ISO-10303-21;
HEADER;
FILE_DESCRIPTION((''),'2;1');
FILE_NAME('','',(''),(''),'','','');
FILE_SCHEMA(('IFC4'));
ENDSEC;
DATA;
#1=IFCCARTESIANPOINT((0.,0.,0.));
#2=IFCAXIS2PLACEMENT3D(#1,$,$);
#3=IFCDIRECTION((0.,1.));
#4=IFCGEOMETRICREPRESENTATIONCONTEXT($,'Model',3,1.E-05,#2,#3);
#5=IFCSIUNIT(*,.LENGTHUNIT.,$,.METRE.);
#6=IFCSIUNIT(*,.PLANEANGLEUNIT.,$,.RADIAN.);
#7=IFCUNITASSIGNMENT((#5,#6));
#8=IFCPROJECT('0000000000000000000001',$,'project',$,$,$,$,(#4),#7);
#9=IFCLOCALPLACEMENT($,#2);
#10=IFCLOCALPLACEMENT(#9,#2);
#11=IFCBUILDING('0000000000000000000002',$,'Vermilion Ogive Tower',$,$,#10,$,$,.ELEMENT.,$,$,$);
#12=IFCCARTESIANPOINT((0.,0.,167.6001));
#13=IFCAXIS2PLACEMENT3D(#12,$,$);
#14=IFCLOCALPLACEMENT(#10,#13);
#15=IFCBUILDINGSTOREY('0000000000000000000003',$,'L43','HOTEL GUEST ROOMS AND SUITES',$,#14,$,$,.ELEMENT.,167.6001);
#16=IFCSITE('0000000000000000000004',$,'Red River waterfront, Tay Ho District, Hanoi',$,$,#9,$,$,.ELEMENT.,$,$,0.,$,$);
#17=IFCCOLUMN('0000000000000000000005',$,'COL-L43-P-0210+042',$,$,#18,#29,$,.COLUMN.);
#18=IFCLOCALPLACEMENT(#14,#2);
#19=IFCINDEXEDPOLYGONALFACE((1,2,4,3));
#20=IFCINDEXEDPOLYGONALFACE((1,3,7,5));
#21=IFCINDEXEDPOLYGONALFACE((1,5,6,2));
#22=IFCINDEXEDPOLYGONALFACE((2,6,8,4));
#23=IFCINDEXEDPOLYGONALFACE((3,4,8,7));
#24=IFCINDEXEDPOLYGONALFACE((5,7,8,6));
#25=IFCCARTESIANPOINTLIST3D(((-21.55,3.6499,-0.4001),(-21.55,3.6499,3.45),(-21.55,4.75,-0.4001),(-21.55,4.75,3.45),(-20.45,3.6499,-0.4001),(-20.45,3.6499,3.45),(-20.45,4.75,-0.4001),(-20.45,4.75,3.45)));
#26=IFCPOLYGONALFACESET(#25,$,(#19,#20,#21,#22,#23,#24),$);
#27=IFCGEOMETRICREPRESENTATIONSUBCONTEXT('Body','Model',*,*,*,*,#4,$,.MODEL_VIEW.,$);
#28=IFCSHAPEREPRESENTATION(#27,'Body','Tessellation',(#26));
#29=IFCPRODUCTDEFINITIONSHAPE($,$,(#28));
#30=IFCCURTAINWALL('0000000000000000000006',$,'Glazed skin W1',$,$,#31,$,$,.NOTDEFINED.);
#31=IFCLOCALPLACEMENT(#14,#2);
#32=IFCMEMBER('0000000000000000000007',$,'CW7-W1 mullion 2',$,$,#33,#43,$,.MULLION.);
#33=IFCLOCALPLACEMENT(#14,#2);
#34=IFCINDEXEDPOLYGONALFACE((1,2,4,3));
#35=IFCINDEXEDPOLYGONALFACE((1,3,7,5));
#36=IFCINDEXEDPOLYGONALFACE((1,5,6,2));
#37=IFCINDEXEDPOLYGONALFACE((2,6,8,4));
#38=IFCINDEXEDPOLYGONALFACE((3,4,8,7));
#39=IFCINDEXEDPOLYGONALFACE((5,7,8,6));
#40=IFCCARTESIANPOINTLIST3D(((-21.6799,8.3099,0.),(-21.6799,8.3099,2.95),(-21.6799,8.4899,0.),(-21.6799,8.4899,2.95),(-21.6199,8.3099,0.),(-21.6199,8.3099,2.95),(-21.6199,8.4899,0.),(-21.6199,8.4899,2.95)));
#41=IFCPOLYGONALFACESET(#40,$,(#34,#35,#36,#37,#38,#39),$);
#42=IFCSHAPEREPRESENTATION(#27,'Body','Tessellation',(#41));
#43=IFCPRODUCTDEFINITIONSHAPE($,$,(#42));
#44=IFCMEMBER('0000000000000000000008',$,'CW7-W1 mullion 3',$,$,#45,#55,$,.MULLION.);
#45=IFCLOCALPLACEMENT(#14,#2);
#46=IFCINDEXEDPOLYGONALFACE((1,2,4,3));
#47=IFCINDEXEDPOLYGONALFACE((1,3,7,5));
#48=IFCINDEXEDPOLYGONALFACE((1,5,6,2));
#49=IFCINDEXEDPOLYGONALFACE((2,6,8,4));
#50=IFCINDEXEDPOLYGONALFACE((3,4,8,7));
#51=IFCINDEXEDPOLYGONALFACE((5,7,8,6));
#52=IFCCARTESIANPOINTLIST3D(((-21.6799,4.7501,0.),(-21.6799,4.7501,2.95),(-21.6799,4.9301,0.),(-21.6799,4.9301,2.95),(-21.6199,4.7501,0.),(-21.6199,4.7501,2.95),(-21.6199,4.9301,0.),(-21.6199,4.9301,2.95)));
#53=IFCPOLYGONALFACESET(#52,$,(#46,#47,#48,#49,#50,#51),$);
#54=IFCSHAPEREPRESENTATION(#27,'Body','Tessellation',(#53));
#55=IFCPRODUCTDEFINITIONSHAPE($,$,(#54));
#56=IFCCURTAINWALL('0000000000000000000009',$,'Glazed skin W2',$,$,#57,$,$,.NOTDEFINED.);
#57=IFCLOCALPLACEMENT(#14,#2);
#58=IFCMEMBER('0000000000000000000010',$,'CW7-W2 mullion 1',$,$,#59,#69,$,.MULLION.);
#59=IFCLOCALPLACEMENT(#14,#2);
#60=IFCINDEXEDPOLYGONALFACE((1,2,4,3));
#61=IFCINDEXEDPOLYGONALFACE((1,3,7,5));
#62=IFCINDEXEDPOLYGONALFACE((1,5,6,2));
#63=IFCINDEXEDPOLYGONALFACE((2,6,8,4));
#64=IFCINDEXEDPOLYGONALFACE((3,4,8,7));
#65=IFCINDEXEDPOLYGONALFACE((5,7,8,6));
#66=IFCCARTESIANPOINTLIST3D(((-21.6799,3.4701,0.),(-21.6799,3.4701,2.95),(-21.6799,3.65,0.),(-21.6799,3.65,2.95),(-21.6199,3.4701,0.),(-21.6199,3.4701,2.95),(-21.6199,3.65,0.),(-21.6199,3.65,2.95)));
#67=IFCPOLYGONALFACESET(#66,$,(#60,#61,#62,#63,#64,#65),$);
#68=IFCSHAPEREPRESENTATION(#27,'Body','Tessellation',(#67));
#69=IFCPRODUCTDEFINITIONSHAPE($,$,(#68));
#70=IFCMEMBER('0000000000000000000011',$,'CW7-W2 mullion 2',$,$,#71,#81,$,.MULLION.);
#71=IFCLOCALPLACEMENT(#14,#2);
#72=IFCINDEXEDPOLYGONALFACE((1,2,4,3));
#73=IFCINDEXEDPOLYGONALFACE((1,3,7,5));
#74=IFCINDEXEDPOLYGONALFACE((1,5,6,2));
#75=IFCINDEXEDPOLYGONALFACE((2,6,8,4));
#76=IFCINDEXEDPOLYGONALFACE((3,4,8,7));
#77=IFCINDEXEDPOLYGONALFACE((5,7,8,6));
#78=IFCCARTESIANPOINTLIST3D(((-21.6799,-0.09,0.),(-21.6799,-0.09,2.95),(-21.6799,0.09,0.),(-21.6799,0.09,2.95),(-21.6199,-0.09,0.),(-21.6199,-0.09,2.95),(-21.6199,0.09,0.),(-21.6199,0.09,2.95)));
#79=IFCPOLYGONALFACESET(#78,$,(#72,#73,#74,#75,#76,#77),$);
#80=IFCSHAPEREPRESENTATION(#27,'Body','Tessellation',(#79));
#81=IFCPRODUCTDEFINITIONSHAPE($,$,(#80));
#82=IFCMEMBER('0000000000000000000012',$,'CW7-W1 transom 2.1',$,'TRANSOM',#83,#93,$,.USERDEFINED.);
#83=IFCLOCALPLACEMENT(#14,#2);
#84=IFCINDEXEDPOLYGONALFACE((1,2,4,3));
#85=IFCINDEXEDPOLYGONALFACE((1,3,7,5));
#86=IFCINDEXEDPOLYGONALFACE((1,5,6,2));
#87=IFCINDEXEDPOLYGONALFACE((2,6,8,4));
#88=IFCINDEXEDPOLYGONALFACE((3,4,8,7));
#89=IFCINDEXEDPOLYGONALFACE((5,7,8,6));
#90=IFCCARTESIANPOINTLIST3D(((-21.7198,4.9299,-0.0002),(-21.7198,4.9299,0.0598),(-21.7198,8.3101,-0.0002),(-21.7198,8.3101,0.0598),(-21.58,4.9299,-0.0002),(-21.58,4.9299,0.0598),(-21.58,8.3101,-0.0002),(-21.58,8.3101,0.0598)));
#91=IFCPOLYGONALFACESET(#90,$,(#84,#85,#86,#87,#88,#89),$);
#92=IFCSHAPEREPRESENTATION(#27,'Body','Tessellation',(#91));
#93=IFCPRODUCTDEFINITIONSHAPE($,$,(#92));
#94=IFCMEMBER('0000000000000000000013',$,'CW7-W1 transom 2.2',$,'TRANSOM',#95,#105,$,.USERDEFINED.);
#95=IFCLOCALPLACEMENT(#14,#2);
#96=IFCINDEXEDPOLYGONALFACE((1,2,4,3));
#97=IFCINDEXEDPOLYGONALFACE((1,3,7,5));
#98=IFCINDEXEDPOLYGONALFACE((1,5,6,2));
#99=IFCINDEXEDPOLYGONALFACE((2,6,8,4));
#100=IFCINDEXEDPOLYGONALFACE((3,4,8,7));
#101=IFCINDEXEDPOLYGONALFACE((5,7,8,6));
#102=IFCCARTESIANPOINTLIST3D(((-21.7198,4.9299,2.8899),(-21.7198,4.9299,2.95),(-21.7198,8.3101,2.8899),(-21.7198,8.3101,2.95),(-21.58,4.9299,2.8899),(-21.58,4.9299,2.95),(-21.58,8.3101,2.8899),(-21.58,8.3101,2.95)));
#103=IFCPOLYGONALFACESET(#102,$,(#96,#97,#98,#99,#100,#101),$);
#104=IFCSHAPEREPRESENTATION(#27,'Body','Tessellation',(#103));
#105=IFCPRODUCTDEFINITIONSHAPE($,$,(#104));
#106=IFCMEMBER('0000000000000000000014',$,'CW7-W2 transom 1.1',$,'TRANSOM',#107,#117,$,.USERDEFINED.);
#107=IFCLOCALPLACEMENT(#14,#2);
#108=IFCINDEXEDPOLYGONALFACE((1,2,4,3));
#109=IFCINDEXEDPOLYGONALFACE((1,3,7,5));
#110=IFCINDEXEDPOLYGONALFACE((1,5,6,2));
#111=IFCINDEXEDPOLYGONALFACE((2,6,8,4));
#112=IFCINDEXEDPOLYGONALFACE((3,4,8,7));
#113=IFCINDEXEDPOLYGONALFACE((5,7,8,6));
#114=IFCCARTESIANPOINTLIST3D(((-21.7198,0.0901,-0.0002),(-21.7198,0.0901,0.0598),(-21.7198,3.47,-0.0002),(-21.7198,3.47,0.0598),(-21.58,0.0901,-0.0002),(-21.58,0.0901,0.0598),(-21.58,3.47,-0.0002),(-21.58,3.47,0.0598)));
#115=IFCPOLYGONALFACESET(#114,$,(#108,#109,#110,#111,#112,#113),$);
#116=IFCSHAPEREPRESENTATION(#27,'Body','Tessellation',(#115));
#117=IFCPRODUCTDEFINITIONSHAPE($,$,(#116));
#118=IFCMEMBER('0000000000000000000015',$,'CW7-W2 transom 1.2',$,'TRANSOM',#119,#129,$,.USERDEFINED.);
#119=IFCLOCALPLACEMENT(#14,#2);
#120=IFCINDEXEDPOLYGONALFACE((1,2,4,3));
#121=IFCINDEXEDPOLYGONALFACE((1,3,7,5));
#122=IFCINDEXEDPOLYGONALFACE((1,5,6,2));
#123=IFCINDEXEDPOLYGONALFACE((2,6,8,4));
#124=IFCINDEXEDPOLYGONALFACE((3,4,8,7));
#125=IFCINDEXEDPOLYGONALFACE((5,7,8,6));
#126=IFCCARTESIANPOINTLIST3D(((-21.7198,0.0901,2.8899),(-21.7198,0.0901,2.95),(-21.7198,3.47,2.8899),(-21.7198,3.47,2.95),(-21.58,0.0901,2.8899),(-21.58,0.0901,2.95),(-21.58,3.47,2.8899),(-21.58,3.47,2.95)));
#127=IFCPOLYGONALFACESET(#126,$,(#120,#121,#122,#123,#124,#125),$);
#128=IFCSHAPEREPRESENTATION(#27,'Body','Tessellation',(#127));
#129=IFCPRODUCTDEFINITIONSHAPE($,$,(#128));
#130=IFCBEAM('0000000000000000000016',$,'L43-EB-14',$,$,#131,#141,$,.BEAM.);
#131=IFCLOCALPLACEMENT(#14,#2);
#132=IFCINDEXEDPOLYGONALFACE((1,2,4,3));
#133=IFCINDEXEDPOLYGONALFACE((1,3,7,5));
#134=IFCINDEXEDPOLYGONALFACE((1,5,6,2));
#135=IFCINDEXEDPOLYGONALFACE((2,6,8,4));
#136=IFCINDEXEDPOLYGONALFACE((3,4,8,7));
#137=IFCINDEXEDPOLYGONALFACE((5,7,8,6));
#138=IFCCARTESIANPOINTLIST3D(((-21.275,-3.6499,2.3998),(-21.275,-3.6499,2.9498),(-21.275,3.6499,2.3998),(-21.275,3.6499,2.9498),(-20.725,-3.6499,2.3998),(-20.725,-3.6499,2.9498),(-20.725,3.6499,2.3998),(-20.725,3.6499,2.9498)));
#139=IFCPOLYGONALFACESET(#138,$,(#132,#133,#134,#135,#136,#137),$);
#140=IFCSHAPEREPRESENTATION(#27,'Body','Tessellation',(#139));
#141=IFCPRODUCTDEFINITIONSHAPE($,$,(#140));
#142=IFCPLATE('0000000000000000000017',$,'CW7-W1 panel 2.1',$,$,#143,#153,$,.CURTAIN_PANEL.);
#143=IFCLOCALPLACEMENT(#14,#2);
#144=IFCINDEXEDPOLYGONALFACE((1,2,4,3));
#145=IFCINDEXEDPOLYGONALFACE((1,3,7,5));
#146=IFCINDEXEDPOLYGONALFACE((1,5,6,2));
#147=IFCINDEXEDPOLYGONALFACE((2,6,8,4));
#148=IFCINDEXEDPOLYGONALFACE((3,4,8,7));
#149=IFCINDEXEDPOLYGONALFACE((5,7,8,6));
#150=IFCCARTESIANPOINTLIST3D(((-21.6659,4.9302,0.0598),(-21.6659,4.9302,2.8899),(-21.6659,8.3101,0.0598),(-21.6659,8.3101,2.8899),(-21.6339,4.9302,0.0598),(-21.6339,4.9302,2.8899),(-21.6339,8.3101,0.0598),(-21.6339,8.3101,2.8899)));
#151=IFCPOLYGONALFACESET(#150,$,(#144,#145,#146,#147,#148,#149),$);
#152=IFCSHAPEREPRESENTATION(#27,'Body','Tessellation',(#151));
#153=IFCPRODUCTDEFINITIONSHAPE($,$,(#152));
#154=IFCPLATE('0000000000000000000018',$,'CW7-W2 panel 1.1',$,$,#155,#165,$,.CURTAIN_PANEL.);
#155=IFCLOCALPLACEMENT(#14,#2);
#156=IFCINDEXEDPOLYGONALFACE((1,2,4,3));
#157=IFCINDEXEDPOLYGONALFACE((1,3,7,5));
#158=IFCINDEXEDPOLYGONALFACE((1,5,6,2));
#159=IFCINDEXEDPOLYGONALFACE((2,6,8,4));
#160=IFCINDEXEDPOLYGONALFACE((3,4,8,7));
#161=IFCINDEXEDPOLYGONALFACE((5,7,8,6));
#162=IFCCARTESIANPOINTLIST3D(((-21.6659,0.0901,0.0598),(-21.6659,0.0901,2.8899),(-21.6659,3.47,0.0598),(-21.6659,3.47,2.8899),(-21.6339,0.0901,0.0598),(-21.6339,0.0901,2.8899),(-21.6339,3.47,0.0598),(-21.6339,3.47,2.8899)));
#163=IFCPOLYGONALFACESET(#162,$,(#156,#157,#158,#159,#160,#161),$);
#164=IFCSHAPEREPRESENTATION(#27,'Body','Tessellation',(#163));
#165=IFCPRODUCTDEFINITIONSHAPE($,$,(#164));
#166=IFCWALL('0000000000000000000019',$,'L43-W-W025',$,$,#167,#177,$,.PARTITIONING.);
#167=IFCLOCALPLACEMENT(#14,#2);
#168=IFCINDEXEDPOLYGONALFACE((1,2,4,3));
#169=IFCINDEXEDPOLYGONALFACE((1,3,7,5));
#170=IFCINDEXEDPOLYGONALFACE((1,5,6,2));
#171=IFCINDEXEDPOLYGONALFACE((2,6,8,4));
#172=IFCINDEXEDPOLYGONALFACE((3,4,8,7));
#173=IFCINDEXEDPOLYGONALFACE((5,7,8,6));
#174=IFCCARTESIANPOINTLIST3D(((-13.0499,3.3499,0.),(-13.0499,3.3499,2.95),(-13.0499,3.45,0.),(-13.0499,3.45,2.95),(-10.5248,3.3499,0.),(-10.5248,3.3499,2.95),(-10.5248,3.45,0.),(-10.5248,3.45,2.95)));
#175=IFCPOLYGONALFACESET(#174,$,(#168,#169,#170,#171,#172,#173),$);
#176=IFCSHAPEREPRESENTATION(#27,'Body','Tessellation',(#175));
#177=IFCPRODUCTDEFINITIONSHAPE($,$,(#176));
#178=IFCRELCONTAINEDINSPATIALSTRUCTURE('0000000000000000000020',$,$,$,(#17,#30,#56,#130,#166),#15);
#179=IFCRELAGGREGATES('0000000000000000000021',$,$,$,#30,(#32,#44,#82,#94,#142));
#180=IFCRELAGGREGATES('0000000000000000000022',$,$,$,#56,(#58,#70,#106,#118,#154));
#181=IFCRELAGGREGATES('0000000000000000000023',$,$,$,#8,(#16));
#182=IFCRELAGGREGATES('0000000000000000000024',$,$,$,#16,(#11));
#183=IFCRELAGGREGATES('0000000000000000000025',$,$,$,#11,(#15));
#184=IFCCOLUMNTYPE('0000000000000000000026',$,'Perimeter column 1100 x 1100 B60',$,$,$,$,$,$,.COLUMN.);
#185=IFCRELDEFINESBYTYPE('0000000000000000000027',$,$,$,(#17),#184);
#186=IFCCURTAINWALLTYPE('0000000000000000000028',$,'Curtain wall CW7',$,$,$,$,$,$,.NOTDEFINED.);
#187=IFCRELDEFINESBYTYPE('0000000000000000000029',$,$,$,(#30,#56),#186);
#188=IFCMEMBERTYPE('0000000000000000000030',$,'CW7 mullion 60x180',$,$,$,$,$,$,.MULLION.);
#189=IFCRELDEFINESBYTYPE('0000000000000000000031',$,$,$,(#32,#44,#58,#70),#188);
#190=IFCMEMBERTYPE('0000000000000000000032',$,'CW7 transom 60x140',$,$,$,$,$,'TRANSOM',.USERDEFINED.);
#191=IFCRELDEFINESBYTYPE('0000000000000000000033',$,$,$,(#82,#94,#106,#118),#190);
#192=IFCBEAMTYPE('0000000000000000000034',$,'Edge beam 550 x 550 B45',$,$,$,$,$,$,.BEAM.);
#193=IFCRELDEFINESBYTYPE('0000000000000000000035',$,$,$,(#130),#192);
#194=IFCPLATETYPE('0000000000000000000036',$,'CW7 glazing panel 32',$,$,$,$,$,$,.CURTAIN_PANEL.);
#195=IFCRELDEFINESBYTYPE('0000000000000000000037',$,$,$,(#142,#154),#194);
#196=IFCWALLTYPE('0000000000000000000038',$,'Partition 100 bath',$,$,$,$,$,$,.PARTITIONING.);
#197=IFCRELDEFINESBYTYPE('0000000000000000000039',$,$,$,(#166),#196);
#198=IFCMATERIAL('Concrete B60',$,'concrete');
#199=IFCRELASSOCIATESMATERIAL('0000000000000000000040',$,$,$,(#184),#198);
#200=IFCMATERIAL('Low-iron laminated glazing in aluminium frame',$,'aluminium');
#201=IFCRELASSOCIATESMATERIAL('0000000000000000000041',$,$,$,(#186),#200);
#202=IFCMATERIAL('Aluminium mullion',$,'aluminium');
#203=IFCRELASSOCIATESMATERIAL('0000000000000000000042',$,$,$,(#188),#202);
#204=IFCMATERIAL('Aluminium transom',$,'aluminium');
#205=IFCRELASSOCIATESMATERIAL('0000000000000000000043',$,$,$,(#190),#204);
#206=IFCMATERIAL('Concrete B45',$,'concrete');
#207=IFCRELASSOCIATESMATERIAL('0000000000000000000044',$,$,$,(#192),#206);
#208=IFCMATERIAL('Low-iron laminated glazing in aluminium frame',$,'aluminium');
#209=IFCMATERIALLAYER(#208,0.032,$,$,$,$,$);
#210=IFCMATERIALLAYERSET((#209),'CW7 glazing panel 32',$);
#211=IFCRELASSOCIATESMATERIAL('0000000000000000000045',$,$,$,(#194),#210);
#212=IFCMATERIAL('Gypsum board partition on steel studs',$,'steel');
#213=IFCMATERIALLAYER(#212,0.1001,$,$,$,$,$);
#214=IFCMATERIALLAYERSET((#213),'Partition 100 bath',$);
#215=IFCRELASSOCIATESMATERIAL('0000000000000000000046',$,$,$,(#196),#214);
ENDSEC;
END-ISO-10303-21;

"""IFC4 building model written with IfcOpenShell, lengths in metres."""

from ifc_helpers import new_model, si_unit, direction, frame, frame_2d, origin, origin_2d, place, context, subcontext, project, spatial, rectangle, extrude, material, layer, layer_set, material_profile, profile_set, type_object, element, aggregate, save


model = new_model("IFC4")

# Units and contexts
model_context = context("Model", 3, precision=1e-05, world=origin(), true_north=direction((0.0, 1.0)))
body_context = subcontext(model_context, "Body", "Model", "MODEL_VIEW")
ifc_project = project(units=[si_unit("LENGTHUNIT", "METRE"), si_unit("PLANEANGLEUNIT", "RADIAN")], contexts=[model_context])

# Site, building, storey
site_placement = place(None, origin())
site = spatial("IfcSite", under=ifc_project, at=site_placement, Name="Red River waterfront, Tay Ho District, Hanoi", CompositionType="ELEMENT", RefElevation=0.0)
building_placement = place(site_placement, origin())
building = spatial("IfcBuilding", under=site, at=building_placement, Name="Vermilion Ogive Tower", CompositionType="ELEMENT")
storey_placement = place(building_placement, frame((0.0, 0.0, 167.6001)))
storey = spatial("IfcBuildingStorey", under=building, at=storey_placement, Name="L43", Description="HOTEL GUEST ROOMS AND SUITES", CompositionType="ELEMENT", Elevation=167.6001)

# Column
ifc_material_1 = material(Name="Concrete B60", Category="concrete")
ifc_material_profile_1 = material_profile(ifc_material_1, rectangle(XDim=1.1001, YDim=1.1001, at=origin_2d()), Name="1100 x 1100")
ifc_profile_set_1 = profile_set([ifc_material_profile_1], Name="Concrete B60")
column_type = type_object("IfcColumnType", Name="Perimeter column 1100 x 1100 B60", PredefinedType="COLUMN", material=ifc_profile_set_1)
column_placement = place(storey_placement, frame((-21.0, 4.2, -0.4001), z_axis=(0.0, 0.0, 1.0), x_axis=(1.0, 0.0, 0.0)))
element("IfcColumn", 1, at=column_placement, inside=storey, type_object=column_type, Name="COL-L43-P-0210+042", PredefinedType="COLUMN", context=body_context, shape_type="SweptSolid", body=[
    extrude(rectangle(XDim=1.1001, YDim=1.1001, at=origin_2d()), origin(), (0.0, 0.0, 1.0), 3.8501),
])

# Curtain walls, members
ifc_material_2 = material(Name="Low-iron laminated glazing in aluminium frame", Category="aluminium")
curtain_wall_type = type_object("IfcCurtainWallType", Name="Curtain wall CW7", PredefinedType="NOTDEFINED", material=ifc_material_2)
curtain_wall_1_placement = place(storey_placement, origin())
curtain_wall_1 = element("IfcCurtainWall", 2, at=curtain_wall_1_placement, inside=storey, type_object=curtain_wall_type, Name="Glazed skin W1", PredefinedType="NOTDEFINED")
ifc_material_3 = material(Name="Aluminium mullion", Category="aluminium")
ifc_material_profile_2 = material_profile(ifc_material_3, rectangle(XDim=0.0601, YDim=0.1799, at=origin_2d()), Name="AL 60x180")
ifc_profile_set_2 = profile_set([ifc_material_profile_2], Name="Aluminium mullion")
member_type_1 = type_object("IfcMemberType", Name="CW7 mullion 60x180", PredefinedType="MULLION", material=ifc_profile_set_2)
member_1_placement = place(storey_placement, frame((-21.6499, 8.3999, 0.0), z_axis=(0.0, 0.0, 1.0), x_axis=(1.0, 0.0, 0.0)))
member_1 = element("IfcMember", 3, at=member_1_placement, type_object=member_type_1, Name="CW7-W1 mullion 2", PredefinedType="MULLION", context=body_context, shape_type="SweptSolid", body=[
    extrude(rectangle(XDim=0.0601, YDim=0.1799, at=origin_2d()), origin(), (0.0, 0.0, 1.0), 2.95),
])
member_2_placement = place(storey_placement, frame((-21.6499, 4.8401, 0.0), z_axis=(0.0, 0.0, 1.0), x_axis=(1.0, 0.0, 0.0)))
member_2 = element("IfcMember", 4, at=member_2_placement, type_object=member_type_1, Name="CW7-W1 mullion 3", PredefinedType="MULLION", context=body_context, shape_type="SweptSolid", body=[
    extrude(rectangle(XDim=0.0601, YDim=0.1799, at=origin_2d()), origin(), (0.0, 0.0, 1.0), 2.95),
])
curtain_wall_2_placement = place(storey_placement, origin())
curtain_wall_2 = element("IfcCurtainWall", 5, at=curtain_wall_2_placement, inside=storey, type_object=curtain_wall_type, Name="Glazed skin W2", PredefinedType="NOTDEFINED")
member_3_placement = place(storey_placement, frame((-21.6499, 3.5601, 0.0), z_axis=(0.0, 0.0, 1.0), x_axis=(1.0, 0.0, 0.0)))
member_3 = element("IfcMember", 6, at=member_3_placement, type_object=member_type_1, Name="CW7-W2 mullion 1", PredefinedType="MULLION", context=body_context, shape_type="SweptSolid", body=[
    extrude(rectangle(XDim=0.0601, YDim=0.1799, at=origin_2d()), origin(), (0.0, 0.0, 1.0), 2.95),
])
member_4_placement = place(storey_placement, frame((-21.6499, 0.0, 0.0), z_axis=(0.0, 0.0, 1.0), x_axis=(1.0, 0.0, 0.0)))
member_4 = element("IfcMember", 7, at=member_4_placement, type_object=member_type_1, Name="CW7-W2 mullion 2", PredefinedType="MULLION", context=body_context, shape_type="SweptSolid", body=[
    extrude(rectangle(XDim=0.0601, YDim=0.1799, at=origin_2d()), origin(), (0.0, 0.0, 1.0), 2.95),
])

# Members
ifc_material_4 = material(Name="Aluminium transom", Category="aluminium")
ifc_material_profile_3 = material_profile(ifc_material_4, rectangle(XDim=0.1399, YDim=0.0601, at=origin_2d()), Name="AL 60x140")
ifc_profile_set_3 = profile_set([ifc_material_profile_3], Name="Aluminium transom")
member_type_2 = type_object("IfcMemberType", Name="CW7 transom 60x140", ElementType="TRANSOM", PredefinedType="USERDEFINED", material=ifc_profile_set_3)
member_5_placement = place(storey_placement, frame((-21.6499, 8.3101, 0.0298), z_axis=(0.0, -1.0, 0.0), x_axis=(1.0, 0.0, 0.0)))
member_5 = element("IfcMember", 8, at=member_5_placement, type_object=member_type_2, Name="CW7-W1 transom 2.1", ObjectType="TRANSOM", PredefinedType="USERDEFINED", context=body_context, shape_type="SweptSolid", body=[
    extrude(rectangle(XDim=0.1399, YDim=0.0601, at=origin_2d()), origin(), (0.0, 0.0, 1.0), 3.3801),
])
member_6_placement = place(storey_placement, frame((-21.6499, 8.3101, 2.9199), z_axis=(0.0, -1.0, 0.0), x_axis=(1.0, 0.0, 0.0)))
member_6 = element("IfcMember", 9, at=member_6_placement, type_object=member_type_2, Name="CW7-W1 transom 2.2", ObjectType="TRANSOM", PredefinedType="USERDEFINED", context=body_context, shape_type="SweptSolid", body=[
    extrude(rectangle(XDim=0.1399, YDim=0.0601, at=origin_2d()), origin(), (0.0, 0.0, 1.0), 3.3801),
])
member_7_placement = place(storey_placement, frame((-21.6499, 3.47, 0.0298), z_axis=(0.0, -1.0, 0.0), x_axis=(1.0, 0.0, 0.0)))
member_7 = element("IfcMember", 10, at=member_7_placement, type_object=member_type_2, Name="CW7-W2 transom 1.1", ObjectType="TRANSOM", PredefinedType="USERDEFINED", context=body_context, shape_type="SweptSolid", body=[
    extrude(rectangle(XDim=0.1399, YDim=0.0601, at=origin_2d()), origin(), (0.0, 0.0, 1.0), 3.3799),
])
member_8_placement = place(storey_placement, frame((-21.6499, 3.47, 2.9199), z_axis=(0.0, -1.0, 0.0), x_axis=(1.0, 0.0, 0.0)))
member_8 = element("IfcMember", 11, at=member_8_placement, type_object=member_type_2, Name="CW7-W2 transom 1.2", ObjectType="TRANSOM", PredefinedType="USERDEFINED", context=body_context, shape_type="SweptSolid", body=[
    extrude(rectangle(XDim=0.1399, YDim=0.0601, at=origin_2d()), origin(), (0.0, 0.0, 1.0), 3.3799),
])

# Beam
ifc_material_5 = material(Name="Concrete B45", Category="concrete")
ifc_material_profile_4 = material_profile(ifc_material_5, rectangle(XDim=0.55, YDim=0.55, at=origin_2d()), Name="550 x 550")
ifc_profile_set_4 = profile_set([ifc_material_profile_4], Name="Concrete B45")
beam_type = type_object("IfcBeamType", Name="Edge beam 550 x 550 B45", PredefinedType="BEAM", material=ifc_profile_set_4)
beam_placement = place(storey_placement, frame((-21.0, 3.6499, 2.6748), z_axis=(0.0, -1.0, 0.0), x_axis=(1.0, 0.0, 0.0)))
element("IfcBeam", 12, at=beam_placement, inside=storey, type_object=beam_type, Name="L43-EB-14", PredefinedType="BEAM", context=body_context, shape_type="SweptSolid", body=[
    extrude(rectangle(XDim=0.55, YDim=0.55, at=origin_2d()), origin(), (0.0, 0.0, 1.0), 7.2998),
])

# Plates
ifc_material_6 = material(Name="Low-iron laminated glazing in aluminium frame", Category="aluminium")
ifc_layer_1 = layer(ifc_material_6, 0.032)
ifc_layer_set_1 = layer_set([ifc_layer_1], Name="CW7 glazing panel 32")
plate_type = type_object("IfcPlateType", Name="CW7 glazing panel 32", PredefinedType="CURTAIN_PANEL", material=ifc_layer_set_1)
plate_1_placement = place(storey_placement, frame((-21.6499, 6.6201, 0.0598), z_axis=(0.0, 0.0, 1.0), x_axis=(0.0, -1.0, 0.0)))
plate_1 = element("IfcPlate", 13, at=plate_1_placement, type_object=plate_type, Name="CW7-W1 panel 2.1", PredefinedType="CURTAIN_PANEL", context=body_context, shape_type="SweptSolid", body=[
    extrude(rectangle(XDim=3.3799, YDim=0.032, at=origin_2d()), origin(), (0.0, 0.0, 1.0), 2.8301),
])
aggregate(curtain_wall_1, [member_1, member_2, member_5, member_6, plate_1])
plate_2_placement = place(storey_placement, frame((-21.6499, 1.78, 0.0598), z_axis=(0.0, 0.0, 1.0), x_axis=(0.0, -1.0, 0.0)))
plate_2 = element("IfcPlate", 14, at=plate_2_placement, type_object=plate_type, Name="CW7-W2 panel 1.1", PredefinedType="CURTAIN_PANEL", context=body_context, shape_type="SweptSolid", body=[
    extrude(rectangle(XDim=3.3799, YDim=0.032, at=origin_2d()), origin(), (0.0, 0.0, 1.0), 2.8301),
])
aggregate(curtain_wall_2, [member_3, member_4, member_7, member_8, plate_2])

# Wall
ifc_material_7 = material(Name="Gypsum board partition on steel studs", Category="steel")
ifc_layer_2 = layer(ifc_material_7, 0.1001)
ifc_layer_set_2 = layer_set([ifc_layer_2], Name="Partition 100 bath")
wall_type_1 = type_object("IfcWallType", Name="Partition 100 bath", PredefinedType="PARTITIONING", material=ifc_layer_set_2)
wall_1_placement = place(storey_placement, frame((-13.05, 3.3999, 0.0), z_axis=(0.0, 0.0, 1.0), x_axis=(1.0, 0.0, 0.0)))
element("IfcWall", 15, at=wall_1_placement, inside=storey, type_object=wall_type_1, Name="L43-W-W025", PredefinedType="PARTITIONING", context=body_context, shape_type="SweptSolid", body=[
    extrude(rectangle(XDim=2.5251, YDim=0.1001, at=frame_2d((1.2627, 0.0))), origin(), (0.0, 0.0, 1.0), 2.95),
])

save(model, "model.ifc")
